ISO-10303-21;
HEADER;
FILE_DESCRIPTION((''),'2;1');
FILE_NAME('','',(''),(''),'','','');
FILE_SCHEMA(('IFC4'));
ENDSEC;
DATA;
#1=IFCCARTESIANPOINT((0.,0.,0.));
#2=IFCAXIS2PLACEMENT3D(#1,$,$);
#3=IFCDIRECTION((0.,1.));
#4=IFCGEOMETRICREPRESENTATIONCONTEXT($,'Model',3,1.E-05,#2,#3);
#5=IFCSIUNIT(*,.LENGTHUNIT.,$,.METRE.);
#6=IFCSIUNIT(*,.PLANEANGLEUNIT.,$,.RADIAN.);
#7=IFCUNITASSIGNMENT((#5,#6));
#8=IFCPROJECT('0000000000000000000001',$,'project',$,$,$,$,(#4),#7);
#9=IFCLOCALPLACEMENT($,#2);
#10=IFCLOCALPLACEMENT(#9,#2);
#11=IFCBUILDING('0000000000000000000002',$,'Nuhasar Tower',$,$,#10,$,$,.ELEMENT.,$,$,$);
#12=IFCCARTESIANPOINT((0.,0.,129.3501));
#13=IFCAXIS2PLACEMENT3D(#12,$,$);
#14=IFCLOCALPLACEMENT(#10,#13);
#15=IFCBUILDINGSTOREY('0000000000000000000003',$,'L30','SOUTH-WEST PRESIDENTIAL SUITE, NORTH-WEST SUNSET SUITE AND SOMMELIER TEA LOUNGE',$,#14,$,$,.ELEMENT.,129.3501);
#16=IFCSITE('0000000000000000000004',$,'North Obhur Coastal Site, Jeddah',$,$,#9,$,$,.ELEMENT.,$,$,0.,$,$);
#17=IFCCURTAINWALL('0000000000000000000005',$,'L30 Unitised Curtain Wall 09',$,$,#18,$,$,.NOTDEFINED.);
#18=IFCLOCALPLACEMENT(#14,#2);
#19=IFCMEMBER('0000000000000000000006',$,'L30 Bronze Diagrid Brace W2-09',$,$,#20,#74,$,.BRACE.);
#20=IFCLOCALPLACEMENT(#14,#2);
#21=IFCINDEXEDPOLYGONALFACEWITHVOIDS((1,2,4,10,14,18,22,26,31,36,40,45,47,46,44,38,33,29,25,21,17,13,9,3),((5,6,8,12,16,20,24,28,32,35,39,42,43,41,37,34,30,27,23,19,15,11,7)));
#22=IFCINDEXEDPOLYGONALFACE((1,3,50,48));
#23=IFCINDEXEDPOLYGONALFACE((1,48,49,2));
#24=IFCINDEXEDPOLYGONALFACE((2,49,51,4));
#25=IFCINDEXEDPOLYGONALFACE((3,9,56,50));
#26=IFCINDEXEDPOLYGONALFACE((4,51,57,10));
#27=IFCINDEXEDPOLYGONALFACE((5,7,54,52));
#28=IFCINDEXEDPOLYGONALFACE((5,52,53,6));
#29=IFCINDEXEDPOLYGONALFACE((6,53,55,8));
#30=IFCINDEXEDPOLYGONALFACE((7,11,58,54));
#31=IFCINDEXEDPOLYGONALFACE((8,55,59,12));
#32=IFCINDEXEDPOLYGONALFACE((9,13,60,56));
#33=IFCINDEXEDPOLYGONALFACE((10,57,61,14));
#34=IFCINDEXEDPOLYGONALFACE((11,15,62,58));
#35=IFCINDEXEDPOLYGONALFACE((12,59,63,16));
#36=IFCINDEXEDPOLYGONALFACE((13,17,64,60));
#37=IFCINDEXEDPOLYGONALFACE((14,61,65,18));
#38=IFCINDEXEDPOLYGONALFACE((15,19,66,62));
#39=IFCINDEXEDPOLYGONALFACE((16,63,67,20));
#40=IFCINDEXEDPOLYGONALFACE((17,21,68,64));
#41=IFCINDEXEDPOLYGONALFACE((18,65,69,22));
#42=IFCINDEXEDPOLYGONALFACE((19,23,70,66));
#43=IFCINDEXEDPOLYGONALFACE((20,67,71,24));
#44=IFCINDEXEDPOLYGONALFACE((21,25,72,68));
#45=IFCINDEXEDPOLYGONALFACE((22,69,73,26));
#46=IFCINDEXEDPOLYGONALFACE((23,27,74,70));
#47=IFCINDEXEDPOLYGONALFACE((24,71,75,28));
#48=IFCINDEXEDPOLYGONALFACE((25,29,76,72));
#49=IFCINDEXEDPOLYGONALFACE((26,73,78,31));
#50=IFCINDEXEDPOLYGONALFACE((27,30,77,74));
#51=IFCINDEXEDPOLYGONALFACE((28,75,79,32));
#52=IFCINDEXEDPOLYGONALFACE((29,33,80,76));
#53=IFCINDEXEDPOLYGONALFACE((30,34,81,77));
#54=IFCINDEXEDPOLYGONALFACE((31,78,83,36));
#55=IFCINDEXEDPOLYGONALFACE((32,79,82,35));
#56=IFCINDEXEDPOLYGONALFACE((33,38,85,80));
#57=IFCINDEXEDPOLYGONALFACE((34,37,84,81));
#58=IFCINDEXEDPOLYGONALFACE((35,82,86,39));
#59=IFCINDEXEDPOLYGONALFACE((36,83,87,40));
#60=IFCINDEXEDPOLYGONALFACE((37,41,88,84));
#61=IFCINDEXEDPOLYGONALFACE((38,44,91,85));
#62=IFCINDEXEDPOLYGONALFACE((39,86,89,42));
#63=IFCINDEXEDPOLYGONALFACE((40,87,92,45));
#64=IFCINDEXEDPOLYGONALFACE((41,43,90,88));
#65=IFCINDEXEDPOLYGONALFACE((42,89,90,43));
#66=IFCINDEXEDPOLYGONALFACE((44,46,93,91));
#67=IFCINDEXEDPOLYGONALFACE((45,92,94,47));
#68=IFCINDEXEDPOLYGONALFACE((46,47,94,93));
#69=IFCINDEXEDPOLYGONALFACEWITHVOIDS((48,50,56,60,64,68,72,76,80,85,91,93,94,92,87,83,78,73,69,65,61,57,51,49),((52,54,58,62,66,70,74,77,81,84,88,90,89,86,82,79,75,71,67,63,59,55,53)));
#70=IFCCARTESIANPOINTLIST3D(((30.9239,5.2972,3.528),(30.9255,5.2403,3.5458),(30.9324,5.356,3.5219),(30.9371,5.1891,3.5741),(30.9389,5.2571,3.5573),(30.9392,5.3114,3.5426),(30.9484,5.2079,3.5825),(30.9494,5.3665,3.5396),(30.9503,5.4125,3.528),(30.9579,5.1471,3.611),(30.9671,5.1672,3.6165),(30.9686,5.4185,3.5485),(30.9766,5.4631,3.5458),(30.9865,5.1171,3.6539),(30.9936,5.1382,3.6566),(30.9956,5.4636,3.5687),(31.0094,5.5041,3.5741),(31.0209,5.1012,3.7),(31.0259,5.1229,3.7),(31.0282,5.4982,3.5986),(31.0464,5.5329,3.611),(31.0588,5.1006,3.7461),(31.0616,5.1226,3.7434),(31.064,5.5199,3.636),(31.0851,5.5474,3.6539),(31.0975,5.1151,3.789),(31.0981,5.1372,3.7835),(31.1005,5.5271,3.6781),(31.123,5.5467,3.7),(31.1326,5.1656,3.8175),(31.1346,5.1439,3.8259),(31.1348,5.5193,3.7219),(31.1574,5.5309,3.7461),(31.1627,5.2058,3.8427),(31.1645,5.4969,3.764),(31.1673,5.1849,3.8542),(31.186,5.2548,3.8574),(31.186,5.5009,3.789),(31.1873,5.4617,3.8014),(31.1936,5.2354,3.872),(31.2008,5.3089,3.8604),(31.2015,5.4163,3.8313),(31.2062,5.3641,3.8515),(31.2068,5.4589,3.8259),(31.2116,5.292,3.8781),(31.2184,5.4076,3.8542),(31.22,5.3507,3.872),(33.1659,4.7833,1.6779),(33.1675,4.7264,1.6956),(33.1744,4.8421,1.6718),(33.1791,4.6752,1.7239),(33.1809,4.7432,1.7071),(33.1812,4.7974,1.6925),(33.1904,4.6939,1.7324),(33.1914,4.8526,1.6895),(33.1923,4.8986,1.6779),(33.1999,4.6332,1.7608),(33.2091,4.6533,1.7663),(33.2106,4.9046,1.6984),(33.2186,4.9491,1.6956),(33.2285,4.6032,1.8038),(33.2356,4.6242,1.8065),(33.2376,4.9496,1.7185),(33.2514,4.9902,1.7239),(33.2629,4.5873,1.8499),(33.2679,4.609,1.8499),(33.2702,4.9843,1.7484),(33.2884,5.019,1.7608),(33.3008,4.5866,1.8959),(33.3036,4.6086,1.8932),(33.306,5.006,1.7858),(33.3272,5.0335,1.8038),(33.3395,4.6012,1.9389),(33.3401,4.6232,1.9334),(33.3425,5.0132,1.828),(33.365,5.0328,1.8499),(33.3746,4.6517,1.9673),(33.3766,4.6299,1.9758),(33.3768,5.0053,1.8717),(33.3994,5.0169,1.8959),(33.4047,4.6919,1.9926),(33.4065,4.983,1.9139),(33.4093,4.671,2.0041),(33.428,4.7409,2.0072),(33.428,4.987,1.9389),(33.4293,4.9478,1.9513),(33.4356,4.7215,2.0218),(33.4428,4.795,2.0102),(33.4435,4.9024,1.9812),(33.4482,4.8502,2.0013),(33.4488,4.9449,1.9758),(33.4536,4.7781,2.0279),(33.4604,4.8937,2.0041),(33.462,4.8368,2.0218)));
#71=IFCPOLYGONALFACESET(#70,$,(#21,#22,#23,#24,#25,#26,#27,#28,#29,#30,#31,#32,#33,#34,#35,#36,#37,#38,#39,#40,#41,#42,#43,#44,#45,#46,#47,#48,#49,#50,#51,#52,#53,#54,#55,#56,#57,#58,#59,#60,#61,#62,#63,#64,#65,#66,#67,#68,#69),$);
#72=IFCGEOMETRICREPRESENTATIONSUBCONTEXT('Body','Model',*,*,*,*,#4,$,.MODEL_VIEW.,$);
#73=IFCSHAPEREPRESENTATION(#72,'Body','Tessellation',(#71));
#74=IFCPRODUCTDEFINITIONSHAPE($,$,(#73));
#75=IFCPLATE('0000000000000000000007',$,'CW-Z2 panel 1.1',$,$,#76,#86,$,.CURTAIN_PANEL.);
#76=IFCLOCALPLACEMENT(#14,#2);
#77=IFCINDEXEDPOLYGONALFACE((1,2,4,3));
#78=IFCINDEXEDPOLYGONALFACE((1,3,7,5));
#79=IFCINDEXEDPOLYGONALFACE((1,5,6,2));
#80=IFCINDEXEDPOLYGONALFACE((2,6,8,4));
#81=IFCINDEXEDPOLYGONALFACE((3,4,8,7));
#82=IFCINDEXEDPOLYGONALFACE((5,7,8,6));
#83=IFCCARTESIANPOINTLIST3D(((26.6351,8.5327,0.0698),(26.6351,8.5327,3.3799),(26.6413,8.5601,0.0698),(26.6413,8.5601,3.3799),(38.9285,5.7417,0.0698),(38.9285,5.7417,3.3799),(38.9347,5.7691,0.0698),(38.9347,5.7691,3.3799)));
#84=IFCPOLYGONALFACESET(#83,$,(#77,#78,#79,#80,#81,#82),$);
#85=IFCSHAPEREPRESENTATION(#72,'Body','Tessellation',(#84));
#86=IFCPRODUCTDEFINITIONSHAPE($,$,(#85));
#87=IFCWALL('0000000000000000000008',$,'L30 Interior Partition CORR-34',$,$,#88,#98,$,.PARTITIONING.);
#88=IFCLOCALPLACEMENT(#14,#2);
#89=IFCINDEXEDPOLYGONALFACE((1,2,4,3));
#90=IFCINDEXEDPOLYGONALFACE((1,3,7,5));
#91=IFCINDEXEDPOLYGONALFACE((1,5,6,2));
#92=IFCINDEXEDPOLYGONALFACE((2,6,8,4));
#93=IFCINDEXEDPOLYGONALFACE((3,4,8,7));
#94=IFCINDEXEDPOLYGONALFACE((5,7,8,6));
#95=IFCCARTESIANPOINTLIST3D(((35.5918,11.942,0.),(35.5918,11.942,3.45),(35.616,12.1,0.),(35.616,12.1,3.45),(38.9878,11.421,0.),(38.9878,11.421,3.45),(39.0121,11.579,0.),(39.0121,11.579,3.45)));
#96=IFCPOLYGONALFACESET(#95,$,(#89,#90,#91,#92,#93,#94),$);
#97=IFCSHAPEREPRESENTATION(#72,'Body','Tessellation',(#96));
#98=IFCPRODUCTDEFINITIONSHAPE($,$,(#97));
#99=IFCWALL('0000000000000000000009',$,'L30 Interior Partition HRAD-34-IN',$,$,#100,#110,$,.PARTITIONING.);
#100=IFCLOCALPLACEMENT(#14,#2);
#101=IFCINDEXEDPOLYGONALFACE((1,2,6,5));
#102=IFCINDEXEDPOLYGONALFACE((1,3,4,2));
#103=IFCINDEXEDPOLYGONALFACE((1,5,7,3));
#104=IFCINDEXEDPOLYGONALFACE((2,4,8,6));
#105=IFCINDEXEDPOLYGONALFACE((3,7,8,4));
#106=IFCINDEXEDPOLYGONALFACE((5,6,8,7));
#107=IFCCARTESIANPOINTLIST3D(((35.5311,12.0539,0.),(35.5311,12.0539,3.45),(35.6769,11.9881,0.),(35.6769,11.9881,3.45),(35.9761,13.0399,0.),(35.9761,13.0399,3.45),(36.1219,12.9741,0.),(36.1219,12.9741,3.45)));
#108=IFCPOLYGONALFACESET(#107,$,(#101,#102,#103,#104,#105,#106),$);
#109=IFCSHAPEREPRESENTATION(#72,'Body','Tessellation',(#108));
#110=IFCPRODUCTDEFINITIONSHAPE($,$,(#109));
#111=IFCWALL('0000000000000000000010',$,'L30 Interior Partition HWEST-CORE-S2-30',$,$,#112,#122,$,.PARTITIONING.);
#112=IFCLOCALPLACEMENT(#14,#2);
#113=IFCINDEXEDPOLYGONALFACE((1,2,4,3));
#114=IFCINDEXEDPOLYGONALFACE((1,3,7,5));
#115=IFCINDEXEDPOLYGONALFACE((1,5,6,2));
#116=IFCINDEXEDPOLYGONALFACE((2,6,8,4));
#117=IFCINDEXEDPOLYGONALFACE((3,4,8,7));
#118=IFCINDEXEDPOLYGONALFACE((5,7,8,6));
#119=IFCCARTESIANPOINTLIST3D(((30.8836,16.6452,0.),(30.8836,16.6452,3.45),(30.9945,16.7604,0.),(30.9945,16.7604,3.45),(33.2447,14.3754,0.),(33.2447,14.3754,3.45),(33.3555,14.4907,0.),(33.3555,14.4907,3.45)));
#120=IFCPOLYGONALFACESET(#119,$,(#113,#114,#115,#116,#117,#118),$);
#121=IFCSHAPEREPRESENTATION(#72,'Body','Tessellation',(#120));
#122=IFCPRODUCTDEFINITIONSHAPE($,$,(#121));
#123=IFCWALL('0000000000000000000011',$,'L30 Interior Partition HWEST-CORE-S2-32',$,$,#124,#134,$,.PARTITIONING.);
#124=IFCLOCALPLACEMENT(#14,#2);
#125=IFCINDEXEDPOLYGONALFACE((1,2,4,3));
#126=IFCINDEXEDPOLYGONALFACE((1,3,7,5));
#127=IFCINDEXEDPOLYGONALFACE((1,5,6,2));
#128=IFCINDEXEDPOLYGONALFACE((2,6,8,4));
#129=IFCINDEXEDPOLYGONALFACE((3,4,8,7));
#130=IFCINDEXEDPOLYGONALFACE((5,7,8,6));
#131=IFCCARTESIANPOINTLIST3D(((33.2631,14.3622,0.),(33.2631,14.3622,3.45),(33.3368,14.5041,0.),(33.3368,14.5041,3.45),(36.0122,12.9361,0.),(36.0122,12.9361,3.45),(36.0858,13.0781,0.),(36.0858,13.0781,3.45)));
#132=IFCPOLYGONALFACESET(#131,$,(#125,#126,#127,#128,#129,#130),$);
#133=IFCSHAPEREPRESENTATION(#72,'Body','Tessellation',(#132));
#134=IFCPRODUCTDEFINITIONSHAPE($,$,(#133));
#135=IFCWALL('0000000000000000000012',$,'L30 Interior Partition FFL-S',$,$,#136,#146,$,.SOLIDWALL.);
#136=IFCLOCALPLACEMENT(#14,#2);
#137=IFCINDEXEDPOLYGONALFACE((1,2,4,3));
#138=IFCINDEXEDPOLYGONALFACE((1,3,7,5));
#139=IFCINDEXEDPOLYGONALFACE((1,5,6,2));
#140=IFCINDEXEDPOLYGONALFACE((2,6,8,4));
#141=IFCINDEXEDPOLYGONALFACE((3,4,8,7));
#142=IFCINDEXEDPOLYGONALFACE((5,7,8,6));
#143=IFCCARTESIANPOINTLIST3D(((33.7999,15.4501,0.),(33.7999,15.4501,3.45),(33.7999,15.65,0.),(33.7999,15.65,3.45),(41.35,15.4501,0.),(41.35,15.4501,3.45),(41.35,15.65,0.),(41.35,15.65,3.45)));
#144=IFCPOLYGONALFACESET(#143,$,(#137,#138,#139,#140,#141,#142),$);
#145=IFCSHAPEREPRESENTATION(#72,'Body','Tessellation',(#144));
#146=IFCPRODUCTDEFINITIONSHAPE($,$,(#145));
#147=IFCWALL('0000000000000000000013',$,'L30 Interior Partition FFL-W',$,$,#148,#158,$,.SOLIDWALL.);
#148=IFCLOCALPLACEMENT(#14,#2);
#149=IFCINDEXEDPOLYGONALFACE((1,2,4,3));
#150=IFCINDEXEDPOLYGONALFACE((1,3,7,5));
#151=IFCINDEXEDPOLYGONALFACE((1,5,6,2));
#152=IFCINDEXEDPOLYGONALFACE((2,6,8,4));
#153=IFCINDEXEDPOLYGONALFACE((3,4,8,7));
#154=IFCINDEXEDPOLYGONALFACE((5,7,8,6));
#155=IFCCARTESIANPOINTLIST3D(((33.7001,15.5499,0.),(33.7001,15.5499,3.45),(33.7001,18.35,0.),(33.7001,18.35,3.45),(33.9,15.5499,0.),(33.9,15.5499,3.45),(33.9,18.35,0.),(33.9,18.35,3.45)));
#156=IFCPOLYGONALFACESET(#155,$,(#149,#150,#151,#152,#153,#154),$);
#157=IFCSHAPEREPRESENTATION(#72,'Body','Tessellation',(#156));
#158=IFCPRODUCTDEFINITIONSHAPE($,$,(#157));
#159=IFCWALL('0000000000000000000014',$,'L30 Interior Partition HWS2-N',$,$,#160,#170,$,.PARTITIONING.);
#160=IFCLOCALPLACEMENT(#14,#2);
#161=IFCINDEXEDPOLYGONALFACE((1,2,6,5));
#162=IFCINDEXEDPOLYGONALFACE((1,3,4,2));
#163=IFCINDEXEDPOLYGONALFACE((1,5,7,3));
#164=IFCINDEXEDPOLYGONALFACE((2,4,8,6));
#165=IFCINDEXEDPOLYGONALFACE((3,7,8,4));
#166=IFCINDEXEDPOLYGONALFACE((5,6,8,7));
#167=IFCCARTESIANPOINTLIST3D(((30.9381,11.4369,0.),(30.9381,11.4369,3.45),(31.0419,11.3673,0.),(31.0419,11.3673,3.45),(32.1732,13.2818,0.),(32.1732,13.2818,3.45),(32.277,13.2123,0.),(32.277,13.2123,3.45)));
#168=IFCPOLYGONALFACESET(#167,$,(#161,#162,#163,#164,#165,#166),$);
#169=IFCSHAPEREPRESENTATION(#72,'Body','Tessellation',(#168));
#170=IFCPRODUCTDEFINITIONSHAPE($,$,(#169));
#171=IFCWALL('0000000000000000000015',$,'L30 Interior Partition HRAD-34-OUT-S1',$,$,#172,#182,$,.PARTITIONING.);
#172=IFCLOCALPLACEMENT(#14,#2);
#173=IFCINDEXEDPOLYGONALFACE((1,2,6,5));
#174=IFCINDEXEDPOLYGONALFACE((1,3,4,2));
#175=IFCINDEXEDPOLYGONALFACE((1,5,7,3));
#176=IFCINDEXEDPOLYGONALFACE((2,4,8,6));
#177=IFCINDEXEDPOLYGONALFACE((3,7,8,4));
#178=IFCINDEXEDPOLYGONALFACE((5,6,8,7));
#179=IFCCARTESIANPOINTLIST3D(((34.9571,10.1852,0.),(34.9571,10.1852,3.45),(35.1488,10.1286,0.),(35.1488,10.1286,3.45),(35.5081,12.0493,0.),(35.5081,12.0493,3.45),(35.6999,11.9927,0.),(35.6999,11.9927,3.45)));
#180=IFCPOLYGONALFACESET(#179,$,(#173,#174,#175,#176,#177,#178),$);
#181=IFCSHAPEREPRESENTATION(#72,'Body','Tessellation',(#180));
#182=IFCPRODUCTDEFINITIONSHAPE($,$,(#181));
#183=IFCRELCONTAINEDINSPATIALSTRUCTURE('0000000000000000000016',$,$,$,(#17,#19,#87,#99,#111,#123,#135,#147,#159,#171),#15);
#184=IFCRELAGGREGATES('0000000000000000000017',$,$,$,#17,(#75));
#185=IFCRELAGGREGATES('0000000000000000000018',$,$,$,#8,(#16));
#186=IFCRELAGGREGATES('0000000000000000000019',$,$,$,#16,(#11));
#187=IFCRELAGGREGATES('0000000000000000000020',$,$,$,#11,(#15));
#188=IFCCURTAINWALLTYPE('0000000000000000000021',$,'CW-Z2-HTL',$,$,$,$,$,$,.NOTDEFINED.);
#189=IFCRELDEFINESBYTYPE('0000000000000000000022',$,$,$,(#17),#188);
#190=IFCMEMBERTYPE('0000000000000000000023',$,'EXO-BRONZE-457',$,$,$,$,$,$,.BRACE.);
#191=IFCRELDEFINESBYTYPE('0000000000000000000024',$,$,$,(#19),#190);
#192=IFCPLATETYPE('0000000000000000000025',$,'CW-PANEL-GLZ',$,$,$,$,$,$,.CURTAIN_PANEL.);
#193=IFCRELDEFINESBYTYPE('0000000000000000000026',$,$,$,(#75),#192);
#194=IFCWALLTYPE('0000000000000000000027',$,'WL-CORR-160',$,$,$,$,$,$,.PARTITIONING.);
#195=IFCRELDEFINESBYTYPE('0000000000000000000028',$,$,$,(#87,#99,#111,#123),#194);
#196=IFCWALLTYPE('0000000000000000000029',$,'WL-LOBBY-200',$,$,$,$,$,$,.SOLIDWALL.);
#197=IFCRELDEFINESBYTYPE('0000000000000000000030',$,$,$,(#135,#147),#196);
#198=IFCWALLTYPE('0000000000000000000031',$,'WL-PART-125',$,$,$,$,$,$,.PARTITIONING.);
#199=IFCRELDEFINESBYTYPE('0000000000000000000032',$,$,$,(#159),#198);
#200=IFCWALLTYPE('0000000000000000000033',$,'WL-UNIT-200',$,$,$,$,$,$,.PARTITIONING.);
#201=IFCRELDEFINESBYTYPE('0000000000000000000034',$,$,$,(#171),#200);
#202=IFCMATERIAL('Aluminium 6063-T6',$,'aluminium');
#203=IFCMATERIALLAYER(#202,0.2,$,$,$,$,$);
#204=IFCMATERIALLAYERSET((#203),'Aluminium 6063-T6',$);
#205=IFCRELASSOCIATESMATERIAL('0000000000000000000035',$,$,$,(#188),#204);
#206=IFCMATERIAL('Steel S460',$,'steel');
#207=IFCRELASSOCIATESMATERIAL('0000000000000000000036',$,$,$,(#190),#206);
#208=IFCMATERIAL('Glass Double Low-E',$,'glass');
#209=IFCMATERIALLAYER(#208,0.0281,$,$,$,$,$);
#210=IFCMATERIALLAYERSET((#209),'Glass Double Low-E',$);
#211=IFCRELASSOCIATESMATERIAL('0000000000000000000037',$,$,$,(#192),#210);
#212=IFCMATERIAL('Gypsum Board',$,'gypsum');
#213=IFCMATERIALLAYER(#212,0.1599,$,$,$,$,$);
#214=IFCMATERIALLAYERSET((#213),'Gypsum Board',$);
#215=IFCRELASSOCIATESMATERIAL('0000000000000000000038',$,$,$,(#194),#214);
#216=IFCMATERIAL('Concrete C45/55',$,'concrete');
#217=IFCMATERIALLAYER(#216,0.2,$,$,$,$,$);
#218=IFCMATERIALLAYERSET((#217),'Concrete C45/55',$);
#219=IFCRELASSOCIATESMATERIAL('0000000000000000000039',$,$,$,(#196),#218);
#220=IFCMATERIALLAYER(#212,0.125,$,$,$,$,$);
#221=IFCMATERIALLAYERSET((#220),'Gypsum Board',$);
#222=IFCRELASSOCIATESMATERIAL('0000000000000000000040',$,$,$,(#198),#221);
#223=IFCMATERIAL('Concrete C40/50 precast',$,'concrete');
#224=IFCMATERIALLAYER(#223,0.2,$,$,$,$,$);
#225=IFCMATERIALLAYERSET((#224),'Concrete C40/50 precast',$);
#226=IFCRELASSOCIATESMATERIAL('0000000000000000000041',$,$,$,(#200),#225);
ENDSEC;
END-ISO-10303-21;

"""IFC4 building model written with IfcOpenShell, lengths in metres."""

from ifc_helpers import new_model, si_unit, direction, frame, frame_2d, origin, origin_2d, place, context, subcontext, project, spatial, rectangle, hollow_circle, extrude, material, layer, layer_set, material_profile, profile_set, type_object, element, aggregate, save


model = new_model("IFC4")

# Units and contexts
model_context = context("Model", 3, precision=1e-05, world=origin(), true_north=direction((0.0, 1.0)))
body_context = subcontext(model_context, "Body", "Model", "MODEL_VIEW")
ifc_project = project(units=[si_unit("LENGTHUNIT", "METRE"), si_unit("PLANEANGLEUNIT", "RADIAN")], contexts=[model_context])

# Site, building, storey
site_placement = place(None, origin())
site = spatial("IfcSite", under=ifc_project, at=site_placement, Name="North Obhur Coastal Site, Jeddah", CompositionType="ELEMENT", RefElevation=0.0)
building_placement = place(site_placement, origin())
building = spatial("IfcBuilding", under=site, at=building_placement, Name="Nuhasar Tower", CompositionType="ELEMENT")
storey_placement = place(building_placement, frame((0.0, 0.0, 129.3501)))
storey = spatial("IfcBuildingStorey", under=building, at=storey_placement, Name="L30", Description="SOUTH-WEST PRESIDENTIAL SUITE, NORTH-WEST SUNSET SUITE AND SOMMELIER TEA LOUNGE", CompositionType="ELEMENT", Elevation=129.3501)

# Curtain wall
ifc_material_1 = material(Name="Aluminium 6063-T6", Category="aluminium")
ifc_layer_1 = layer(ifc_material_1, 0.2)
ifc_layer_set_1 = layer_set([ifc_layer_1], Name="Aluminium 6063-T6")
curtain_wall_type = type_object("IfcCurtainWallType", Name="CW-Z2-HTL", PredefinedType="NOTDEFINED", material=ifc_layer_set_1)
curtain_wall_placement = place(storey_placement, origin())
curtain_wall = element("IfcCurtainWall", 1, at=curtain_wall_placement, inside=storey, type_object=curtain_wall_type, Name="L30 Unitised Curtain Wall 09", PredefinedType="NOTDEFINED")

# Member
ifc_material_2 = material(Name="Steel S460", Category="steel")
ifc_material_profile_1 = material_profile(ifc_material_2, hollow_circle(Radius=0.2285, WallThickness=0.0222, at=origin_2d()), Name="HSS457X22.2")
ifc_profile_set_1 = profile_set([ifc_material_profile_1], Name="Steel S460")
member_type_1 = type_object("IfcMemberType", Name="EXO-BRONZE-457", PredefinedType="BRACE", material=ifc_profile_set_1)
member_1_placement = place(storey_placement, frame((33.314, 4.8101, 1.8499), z_axis=(-0.75951, 0.174101, 0.626764), x_axis=(-0.223433, -0.974719, 0.0)))
element("IfcMember", 2, at=member_1_placement, inside=storey, type_object=member_type_1, Name="L30 Bronze Diagrid Brace W2-09", PredefinedType="BRACE", context=body_context, shape_type="SweptSolid", body=[
    extrude(hollow_circle(Radius=0.2285, WallThickness=0.0222, at=origin_2d()), origin(), (0.0, 0.0, 1.0), 2.9519),
])

# Plate
ifc_material_3 = material(Name="Glass Double Low-E", Category="glass")
ifc_layer_2 = layer(ifc_material_3, 0.0281)
ifc_layer_set_2 = layer_set([ifc_layer_2], Name="Glass Double Low-E")
plate_type = type_object("IfcPlateType", Name="CW-PANEL-GLZ", PredefinedType="CURTAIN_PANEL", material=ifc_layer_set_2)
plate_placement = place(storey_placement, frame((32.7849, 7.1509, 0.0698), z_axis=(0.0, 0.0, 1.0), x_axis=(0.975184, -0.221397, 0.0)))
plate = element("IfcPlate", 3, at=plate_placement, type_object=plate_type, Name="CW-Z2 panel 1.1", PredefinedType="CURTAIN_PANEL", context=body_context, shape_type="SweptSolid", body=[
    extrude(rectangle(XDim=12.6062, YDim=0.0281, at=origin_2d()), origin(), (0.0, 0.0, 1.0), 3.3101),
])
aggregate(curtain_wall, [plate])

# Walls
ifc_material_4 = material(Name="Gypsum Board", Category="gypsum")
ifc_layer_3 = layer(ifc_material_4, 0.1599)
ifc_layer_set_3 = layer_set([ifc_layer_3], Name="Gypsum Board")
wall_type_1 = type_object("IfcWallType", Name="WL-CORR-160", PredefinedType="PARTITIONING", material=ifc_layer_set_3)
wall_1_placement = place(storey_placement, frame((35.604, 12.021, 0.0), z_axis=(0.0, 0.0, 1.0), x_axis=(0.988436, -0.151641, 0.0)))
element("IfcWall", 4, at=wall_1_placement, inside=storey, type_object=wall_type_1, Name="L30 Interior Partition CORR-34", PredefinedType="PARTITIONING", context=body_context, shape_type="SweptSolid", body=[
    extrude(rectangle(XDim=3.4358, YDim=0.1599, at=frame_2d((1.7178, 0.0))), origin(), (0.0, 0.0, 1.0), 3.45),
])
wall_2_placement = place(storey_placement, frame((36.0491, 13.0071, 0.0), z_axis=(0.0, 0.0, 1.0), x_axis=(-0.411387, -0.911461, 0.0)))
element("IfcWall", 5, at=wall_2_placement, inside=storey, type_object=wall_type_1, Name="L30 Interior Partition HRAD-34-IN", PredefinedType="PARTITIONING", context=body_context, shape_type="SweptSolid", body=[
    extrude(rectangle(XDim=1.0818, YDim=0.1599, at=frame_2d((0.541, 0.0))), origin(), (0.0, 0.0, 1.0), 3.45),
])
wall_3_placement = place(storey_placement, frame((30.939, 16.7029, 0.0), z_axis=(0.0, 0.0, 1.0), x_axis=(0.720909, -0.69303, 0.0)))
element("IfcWall", 6, at=wall_3_placement, inside=storey, type_object=wall_type_1, Name="L30 Interior Partition HWEST-CORE-S2-30", PredefinedType="PARTITIONING", context=body_context, shape_type="SweptSolid", body=[
    extrude(rectangle(XDim=3.2751, YDim=0.1599, at=frame_2d((1.6377, 0.0))), origin(), (0.0, 0.0, 1.0), 3.45),
])
wall_4_placement = place(storey_placement, frame((33.3, 14.4331, 0.0), z_axis=(0.0, 0.0, 1.0), x_axis=(0.887675, -0.460471, 0.0)))
element("IfcWall", 7, at=wall_4_placement, inside=storey, type_object=wall_type_1, Name="L30 Interior Partition HWEST-CORE-S2-32", PredefinedType="PARTITIONING", context=body_context, shape_type="SweptSolid", body=[
    extrude(rectangle(XDim=3.0969, YDim=0.1599, at=frame_2d((1.5483, 0.0))), origin(), (0.0, 0.0, 1.0), 3.45),
])
ifc_material_5 = material(Name="Concrete C45/55", Category="concrete")
ifc_layer_4 = layer(ifc_material_5, 0.2)
ifc_layer_set_4 = layer_set([ifc_layer_4], Name="Concrete C45/55")
wall_type_2 = type_object("IfcWallType", Name="WL-LOBBY-200", PredefinedType="SOLIDWALL", material=ifc_layer_set_4)
wall_5_placement = place(storey_placement, frame((33.8, 15.55, 0.0), z_axis=(0.0, 0.0, 1.0), x_axis=(1.0, 0.0, 0.0)))
element("IfcWall", 8, at=wall_5_placement, inside=storey, type_object=wall_type_2, Name="L30 Interior Partition FFL-S", PredefinedType="SOLIDWALL", context=body_context, shape_type="SweptSolid", body=[
    extrude(rectangle(XDim=7.55, YDim=0.2, at=frame_2d((3.7749, 0.0))), origin(), (0.0, 0.0, 1.0), 3.45),
])
wall_6_placement = place(storey_placement, frame((33.8, 15.55, 0.0), z_axis=(0.0, 0.0, 1.0), x_axis=(0.0, 1.0, 0.0)))
element("IfcWall", 9, at=wall_6_placement, inside=storey, type_object=wall_type_2, Name="L30 Interior Partition FFL-W", PredefinedType="SOLIDWALL", context=body_context, shape_type="SweptSolid", body=[
    extrude(rectangle(XDim=2.8, YDim=0.2, at=frame_2d((1.3999, 0.0))), origin(), (0.0, 0.0, 1.0), 3.45),
])
ifc_layer_5 = layer(ifc_material_4, 0.125)
ifc_layer_set_5 = layer_set([ifc_layer_5], Name="Gypsum Board")
wall_type_3 = type_object("IfcWallType", Name="WL-PART-125", PredefinedType="PARTITIONING", material=ifc_layer_set_5)
wall_7_placement = place(storey_placement, frame((32.2251, 13.2471, 0.0), z_axis=(0.0, 0.0, 1.0), x_axis=(-0.556298, -0.830983, 0.0)))
element("IfcWall", 10, at=wall_7_placement, inside=storey, type_object=wall_type_3, Name="L30 Interior Partition HWS2-N", PredefinedType="PARTITIONING", context=body_context, shape_type="SweptSolid", body=[
    extrude(rectangle(XDim=2.2202, YDim=0.125, at=frame_2d((1.1101, 0.0))), origin(), (0.0, 0.0, 1.0), 3.45),
])
ifc_material_6 = material(Name="Concrete C40/50 precast", Category="concrete")
ifc_layer_6 = layer(ifc_material_6, 0.2)
ifc_layer_set_6 = layer_set([ifc_layer_6], Name="Concrete C40/50 precast")
wall_type_4 = type_object("IfcWallType", Name="WL-UNIT-200", PredefinedType="PARTITIONING", material=ifc_layer_set_6)
wall_8_placement = place(storey_placement, frame((35.604, 12.021, 0.0), z_axis=(0.0, 0.0, 1.0), x_axis=(-0.283485, -0.958977, 0.0)))
element("IfcWall", 11, at=wall_8_placement, inside=storey, type_object=wall_type_4, Name="L30 Interior Partition HRAD-34-OUT-S1", PredefinedType="PARTITIONING", context=body_context, shape_type="SweptSolid", body=[
    extrude(rectangle(XDim=1.9438, YDim=0.2, at=frame_2d((0.9719, 0.0))), origin(), (0.0, 0.0, 1.0), 3.45),
])

save(model, "model.ifc")
